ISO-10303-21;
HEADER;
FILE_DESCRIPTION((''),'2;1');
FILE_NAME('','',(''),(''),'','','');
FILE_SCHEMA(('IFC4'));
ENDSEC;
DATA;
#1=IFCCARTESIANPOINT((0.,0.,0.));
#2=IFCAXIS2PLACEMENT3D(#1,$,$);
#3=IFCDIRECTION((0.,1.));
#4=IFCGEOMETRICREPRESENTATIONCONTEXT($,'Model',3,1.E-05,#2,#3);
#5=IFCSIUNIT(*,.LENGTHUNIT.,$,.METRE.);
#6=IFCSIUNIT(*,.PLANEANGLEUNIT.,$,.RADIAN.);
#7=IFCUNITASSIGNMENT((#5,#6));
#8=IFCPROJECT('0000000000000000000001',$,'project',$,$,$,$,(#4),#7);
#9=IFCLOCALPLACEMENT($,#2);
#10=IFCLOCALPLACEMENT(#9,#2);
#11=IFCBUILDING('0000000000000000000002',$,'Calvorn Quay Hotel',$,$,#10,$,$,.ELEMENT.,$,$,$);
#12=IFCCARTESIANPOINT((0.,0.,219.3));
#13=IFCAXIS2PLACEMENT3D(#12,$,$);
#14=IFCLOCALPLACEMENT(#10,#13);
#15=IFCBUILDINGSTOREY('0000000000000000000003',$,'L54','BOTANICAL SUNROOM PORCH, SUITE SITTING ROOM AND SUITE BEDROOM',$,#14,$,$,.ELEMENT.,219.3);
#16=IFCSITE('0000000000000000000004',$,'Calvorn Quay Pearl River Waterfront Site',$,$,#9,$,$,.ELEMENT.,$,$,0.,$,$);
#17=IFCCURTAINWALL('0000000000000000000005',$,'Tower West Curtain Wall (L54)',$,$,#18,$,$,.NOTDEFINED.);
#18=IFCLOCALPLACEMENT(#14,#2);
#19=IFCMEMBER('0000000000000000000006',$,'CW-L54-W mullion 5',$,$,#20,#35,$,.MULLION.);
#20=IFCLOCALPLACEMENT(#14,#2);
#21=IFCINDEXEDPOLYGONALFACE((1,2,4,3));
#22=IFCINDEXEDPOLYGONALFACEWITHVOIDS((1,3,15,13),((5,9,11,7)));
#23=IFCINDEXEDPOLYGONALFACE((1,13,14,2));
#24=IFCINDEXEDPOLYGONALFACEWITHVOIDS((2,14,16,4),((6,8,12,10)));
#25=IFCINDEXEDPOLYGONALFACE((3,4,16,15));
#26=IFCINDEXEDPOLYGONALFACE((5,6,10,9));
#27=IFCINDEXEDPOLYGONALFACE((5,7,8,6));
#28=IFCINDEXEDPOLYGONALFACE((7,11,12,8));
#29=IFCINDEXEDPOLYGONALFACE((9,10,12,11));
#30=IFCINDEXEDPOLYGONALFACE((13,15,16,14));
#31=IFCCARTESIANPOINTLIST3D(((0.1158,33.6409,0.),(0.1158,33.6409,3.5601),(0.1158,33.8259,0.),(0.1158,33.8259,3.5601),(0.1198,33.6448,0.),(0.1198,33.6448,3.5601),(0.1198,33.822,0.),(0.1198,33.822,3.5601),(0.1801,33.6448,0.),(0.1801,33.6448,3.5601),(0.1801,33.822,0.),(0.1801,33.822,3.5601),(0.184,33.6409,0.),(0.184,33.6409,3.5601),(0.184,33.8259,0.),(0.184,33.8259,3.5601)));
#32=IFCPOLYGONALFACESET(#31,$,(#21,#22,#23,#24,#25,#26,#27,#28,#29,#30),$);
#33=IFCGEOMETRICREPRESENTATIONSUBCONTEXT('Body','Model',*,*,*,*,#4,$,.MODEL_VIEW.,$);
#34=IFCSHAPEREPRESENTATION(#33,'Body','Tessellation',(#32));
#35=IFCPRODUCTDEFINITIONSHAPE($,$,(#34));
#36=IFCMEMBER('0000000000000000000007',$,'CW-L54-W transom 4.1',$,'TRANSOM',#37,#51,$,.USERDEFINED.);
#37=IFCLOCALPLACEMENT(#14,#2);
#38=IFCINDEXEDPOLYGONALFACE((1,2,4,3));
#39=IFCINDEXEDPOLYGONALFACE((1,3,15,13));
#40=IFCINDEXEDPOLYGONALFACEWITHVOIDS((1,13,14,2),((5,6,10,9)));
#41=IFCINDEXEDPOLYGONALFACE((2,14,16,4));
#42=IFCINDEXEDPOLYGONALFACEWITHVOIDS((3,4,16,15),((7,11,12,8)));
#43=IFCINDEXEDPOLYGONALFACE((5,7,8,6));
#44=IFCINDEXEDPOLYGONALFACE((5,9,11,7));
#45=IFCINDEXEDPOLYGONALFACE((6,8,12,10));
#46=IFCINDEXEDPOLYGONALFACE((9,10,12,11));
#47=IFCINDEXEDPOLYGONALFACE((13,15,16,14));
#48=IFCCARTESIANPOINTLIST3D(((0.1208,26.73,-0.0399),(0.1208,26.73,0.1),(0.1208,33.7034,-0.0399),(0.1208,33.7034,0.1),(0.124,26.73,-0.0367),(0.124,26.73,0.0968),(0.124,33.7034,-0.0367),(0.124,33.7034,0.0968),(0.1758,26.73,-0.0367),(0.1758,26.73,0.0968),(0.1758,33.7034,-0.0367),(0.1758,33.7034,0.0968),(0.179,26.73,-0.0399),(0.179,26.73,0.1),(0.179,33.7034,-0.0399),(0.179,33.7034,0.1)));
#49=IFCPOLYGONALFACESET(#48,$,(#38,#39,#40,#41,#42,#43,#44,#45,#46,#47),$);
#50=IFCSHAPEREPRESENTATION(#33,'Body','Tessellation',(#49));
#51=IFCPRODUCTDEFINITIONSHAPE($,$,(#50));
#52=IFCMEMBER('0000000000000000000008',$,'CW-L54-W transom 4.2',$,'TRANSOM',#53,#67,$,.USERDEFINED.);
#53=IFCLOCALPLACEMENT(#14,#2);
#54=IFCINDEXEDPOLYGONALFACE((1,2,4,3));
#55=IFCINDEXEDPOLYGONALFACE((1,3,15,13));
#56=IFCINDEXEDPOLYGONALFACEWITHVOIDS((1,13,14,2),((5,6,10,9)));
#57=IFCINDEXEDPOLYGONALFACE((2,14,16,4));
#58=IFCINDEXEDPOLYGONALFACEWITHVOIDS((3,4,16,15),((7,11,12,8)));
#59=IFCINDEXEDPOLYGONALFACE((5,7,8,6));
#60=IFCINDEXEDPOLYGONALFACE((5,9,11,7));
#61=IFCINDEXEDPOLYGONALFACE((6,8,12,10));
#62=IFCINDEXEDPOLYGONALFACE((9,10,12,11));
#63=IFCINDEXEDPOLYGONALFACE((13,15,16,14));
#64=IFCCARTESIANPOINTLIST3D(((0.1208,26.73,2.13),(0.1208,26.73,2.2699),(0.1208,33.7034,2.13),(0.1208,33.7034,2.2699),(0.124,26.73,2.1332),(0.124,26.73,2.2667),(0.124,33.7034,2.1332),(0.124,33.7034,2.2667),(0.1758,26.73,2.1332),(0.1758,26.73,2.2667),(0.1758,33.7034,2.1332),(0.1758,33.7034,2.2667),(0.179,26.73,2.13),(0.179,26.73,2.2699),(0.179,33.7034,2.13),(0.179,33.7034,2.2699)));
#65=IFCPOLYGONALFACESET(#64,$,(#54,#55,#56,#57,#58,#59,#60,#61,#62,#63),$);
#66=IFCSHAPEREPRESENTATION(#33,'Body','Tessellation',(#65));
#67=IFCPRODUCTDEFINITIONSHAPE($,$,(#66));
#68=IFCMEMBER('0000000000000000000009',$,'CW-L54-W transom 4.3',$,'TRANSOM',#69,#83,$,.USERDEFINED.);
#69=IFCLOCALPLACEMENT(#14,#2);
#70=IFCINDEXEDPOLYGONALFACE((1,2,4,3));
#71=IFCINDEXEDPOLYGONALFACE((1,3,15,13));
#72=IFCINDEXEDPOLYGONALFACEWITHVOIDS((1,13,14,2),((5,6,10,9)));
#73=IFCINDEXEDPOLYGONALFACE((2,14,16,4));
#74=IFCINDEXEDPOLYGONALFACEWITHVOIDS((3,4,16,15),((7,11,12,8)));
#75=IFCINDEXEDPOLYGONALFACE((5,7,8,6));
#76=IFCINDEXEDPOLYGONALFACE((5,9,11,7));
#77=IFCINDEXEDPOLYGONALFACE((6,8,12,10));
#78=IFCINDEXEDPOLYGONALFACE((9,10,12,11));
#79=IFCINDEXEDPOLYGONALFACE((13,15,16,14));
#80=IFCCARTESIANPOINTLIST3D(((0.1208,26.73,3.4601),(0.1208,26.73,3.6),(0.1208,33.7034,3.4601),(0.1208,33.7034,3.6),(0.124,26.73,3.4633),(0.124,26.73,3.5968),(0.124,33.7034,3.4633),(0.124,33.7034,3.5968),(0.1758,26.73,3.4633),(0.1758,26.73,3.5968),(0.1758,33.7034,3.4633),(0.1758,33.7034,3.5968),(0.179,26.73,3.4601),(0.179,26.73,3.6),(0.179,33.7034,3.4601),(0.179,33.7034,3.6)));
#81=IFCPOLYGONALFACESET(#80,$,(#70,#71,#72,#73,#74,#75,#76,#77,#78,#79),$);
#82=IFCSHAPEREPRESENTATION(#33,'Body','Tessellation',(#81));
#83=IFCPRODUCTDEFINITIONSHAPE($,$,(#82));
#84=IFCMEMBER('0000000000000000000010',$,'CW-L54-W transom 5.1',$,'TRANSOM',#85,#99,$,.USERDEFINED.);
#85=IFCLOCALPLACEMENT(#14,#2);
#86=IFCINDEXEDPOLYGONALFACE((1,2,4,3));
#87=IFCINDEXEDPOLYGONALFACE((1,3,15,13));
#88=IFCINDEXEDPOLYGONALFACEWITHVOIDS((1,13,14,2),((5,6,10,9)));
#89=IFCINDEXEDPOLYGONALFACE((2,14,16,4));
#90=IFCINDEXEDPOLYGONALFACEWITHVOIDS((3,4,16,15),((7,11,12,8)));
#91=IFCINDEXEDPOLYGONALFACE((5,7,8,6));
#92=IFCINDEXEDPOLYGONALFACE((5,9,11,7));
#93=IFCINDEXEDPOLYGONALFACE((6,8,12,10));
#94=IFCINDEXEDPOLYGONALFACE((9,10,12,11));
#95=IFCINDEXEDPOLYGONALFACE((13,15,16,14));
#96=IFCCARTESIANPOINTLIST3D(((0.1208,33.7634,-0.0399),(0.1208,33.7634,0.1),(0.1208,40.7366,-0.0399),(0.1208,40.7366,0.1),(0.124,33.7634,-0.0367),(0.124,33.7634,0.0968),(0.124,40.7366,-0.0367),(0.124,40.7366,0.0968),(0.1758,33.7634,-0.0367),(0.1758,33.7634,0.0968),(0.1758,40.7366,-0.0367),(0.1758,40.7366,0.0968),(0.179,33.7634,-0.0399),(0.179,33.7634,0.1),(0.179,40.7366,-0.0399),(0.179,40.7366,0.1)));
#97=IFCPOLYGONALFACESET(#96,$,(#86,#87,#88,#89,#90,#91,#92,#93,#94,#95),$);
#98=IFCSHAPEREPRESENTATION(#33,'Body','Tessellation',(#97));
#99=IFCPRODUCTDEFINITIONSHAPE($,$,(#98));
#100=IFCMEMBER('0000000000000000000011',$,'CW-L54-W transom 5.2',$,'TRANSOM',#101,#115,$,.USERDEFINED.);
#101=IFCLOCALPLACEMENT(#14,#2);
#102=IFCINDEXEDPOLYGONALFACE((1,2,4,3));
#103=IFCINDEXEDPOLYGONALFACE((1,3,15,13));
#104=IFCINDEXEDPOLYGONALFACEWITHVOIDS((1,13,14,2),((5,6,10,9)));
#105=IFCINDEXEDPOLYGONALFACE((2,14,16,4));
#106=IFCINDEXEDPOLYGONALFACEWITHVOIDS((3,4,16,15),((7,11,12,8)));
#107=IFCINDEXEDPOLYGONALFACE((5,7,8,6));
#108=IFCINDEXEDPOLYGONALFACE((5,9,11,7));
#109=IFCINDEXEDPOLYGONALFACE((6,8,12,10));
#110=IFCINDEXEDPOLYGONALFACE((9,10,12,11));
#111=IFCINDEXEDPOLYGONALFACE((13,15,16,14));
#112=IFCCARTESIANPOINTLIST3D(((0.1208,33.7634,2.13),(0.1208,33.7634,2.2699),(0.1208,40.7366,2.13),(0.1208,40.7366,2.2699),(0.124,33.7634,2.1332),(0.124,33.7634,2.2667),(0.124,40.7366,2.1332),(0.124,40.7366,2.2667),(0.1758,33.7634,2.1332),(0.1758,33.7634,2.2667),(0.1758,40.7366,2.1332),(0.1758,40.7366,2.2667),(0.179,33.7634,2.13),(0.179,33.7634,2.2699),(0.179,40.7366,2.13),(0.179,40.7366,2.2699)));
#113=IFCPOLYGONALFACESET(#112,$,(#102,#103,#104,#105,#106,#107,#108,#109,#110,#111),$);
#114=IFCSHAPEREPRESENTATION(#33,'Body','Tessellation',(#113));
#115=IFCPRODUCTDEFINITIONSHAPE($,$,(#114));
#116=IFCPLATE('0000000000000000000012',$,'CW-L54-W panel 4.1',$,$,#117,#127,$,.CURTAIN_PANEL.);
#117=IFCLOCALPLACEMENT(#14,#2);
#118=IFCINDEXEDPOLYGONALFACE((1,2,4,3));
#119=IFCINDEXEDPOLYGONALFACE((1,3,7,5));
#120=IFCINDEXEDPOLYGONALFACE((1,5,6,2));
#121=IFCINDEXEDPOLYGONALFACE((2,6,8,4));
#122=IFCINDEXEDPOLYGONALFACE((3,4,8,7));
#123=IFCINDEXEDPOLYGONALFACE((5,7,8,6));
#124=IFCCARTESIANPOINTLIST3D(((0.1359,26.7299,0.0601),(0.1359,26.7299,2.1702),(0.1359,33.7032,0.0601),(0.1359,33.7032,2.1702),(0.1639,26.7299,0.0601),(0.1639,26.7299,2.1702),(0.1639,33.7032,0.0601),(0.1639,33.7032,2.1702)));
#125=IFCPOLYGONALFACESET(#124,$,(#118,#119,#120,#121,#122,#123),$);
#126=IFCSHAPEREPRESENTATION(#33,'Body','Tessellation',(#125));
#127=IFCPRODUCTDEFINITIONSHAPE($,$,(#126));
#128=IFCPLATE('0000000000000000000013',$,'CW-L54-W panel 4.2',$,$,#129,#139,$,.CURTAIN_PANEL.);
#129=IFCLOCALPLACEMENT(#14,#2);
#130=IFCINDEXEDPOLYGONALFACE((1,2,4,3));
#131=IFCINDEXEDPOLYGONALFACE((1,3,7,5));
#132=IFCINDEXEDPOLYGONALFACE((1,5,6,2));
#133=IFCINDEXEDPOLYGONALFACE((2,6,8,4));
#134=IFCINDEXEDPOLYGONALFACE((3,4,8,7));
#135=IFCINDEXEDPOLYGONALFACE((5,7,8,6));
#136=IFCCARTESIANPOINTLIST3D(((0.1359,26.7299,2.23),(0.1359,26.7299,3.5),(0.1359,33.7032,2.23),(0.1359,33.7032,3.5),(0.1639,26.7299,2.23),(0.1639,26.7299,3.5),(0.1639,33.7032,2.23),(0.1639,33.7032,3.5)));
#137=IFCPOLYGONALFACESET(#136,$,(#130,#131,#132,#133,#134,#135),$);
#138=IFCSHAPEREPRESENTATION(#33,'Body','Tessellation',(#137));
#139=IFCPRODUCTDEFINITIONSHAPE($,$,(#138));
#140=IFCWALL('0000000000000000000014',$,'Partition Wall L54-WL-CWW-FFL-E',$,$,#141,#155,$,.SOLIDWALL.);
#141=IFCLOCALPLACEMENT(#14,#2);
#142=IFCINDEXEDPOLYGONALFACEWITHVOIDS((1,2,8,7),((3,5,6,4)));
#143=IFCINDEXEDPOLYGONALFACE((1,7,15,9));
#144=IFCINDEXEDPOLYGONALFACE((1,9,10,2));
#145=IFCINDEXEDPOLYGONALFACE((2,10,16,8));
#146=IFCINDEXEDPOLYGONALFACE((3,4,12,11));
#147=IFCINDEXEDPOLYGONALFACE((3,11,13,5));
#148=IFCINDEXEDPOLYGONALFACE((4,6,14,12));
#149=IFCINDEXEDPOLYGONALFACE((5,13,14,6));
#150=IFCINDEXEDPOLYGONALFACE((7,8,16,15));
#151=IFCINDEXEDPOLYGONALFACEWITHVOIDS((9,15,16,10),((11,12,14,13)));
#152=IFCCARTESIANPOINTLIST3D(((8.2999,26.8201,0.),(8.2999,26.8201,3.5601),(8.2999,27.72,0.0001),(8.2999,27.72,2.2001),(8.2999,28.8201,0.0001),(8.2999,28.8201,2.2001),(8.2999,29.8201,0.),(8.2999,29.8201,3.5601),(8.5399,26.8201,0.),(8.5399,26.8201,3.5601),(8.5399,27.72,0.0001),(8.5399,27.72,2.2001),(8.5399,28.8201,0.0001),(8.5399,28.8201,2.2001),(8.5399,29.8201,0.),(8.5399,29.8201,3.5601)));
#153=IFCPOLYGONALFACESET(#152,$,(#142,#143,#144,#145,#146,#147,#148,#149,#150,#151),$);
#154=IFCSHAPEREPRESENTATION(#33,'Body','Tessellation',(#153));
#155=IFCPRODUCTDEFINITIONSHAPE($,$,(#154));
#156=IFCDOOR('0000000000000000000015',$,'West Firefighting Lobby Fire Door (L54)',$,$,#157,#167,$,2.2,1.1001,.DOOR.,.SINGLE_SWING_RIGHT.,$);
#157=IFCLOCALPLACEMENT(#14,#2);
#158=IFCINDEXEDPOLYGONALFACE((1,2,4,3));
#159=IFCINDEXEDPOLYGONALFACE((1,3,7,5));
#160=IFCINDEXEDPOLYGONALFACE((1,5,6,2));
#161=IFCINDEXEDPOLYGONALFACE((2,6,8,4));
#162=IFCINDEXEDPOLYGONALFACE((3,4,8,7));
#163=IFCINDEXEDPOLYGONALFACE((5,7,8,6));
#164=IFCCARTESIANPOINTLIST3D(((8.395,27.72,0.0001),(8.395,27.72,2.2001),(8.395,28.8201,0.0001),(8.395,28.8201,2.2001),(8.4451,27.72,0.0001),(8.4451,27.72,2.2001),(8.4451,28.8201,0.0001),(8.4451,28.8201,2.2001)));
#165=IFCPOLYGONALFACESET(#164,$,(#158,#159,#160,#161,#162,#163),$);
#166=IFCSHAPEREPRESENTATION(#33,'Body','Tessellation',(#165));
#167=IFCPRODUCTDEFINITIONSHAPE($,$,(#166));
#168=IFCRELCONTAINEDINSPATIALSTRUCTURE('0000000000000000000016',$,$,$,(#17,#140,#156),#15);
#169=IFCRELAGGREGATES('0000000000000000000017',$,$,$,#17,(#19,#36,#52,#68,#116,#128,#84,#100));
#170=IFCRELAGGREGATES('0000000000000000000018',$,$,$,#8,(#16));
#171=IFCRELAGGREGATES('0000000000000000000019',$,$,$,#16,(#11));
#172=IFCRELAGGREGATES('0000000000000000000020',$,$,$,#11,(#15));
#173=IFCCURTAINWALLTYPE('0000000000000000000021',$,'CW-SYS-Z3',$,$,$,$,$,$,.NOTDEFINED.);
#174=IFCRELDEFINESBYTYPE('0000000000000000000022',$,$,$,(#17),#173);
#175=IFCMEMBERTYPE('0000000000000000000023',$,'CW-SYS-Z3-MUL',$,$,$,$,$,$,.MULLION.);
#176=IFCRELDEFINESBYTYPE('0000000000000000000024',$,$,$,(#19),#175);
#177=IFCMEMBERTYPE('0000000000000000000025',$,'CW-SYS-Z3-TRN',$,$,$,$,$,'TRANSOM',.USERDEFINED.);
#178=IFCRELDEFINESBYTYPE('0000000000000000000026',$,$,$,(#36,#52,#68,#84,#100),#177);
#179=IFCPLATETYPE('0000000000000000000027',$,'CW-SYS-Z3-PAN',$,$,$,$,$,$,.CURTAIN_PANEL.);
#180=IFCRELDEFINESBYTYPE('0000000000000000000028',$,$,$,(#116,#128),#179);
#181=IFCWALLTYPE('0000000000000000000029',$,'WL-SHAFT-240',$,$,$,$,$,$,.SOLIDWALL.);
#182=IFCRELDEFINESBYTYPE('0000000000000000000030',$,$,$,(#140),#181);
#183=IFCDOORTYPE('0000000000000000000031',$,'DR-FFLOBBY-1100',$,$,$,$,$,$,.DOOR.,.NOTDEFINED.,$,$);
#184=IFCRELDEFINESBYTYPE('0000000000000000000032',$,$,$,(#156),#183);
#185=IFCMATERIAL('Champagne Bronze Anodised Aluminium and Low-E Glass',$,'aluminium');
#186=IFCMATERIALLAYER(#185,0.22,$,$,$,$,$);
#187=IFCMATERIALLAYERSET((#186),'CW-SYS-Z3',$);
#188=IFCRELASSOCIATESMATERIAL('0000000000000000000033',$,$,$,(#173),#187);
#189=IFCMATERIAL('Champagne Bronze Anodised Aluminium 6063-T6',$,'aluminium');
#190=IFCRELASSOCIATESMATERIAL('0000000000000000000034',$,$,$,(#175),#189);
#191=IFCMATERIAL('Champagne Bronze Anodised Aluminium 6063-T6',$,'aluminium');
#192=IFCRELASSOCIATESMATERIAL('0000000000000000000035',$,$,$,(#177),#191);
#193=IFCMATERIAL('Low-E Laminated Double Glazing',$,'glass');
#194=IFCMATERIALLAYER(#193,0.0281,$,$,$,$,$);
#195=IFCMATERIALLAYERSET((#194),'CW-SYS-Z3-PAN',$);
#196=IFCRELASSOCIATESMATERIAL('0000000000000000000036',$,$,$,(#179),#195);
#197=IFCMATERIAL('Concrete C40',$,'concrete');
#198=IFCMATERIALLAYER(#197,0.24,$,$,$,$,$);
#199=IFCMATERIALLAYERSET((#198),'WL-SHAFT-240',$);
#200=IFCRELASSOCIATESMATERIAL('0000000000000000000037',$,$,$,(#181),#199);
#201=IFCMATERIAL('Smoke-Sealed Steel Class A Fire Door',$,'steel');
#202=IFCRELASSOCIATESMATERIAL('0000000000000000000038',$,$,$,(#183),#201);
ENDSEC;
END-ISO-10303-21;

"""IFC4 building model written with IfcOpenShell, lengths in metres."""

from ifc_helpers import new_model, si_unit, direction, frame, frame_2d, origin, origin_2d, place, context, subcontext, project, spatial, rectangle, hollow_rectangle, extrude, material, layer, layer_set, material_profile, profile_set, type_object, element, fill, aggregate, save


model = new_model("IFC4")

# Units and contexts
model_context = context("Model", 3, precision=1e-05, world=origin(), true_north=direction((0.0, 1.0)))
body_context = subcontext(model_context, "Body", "Model", "MODEL_VIEW")
ifc_project = project(units=[si_unit("LENGTHUNIT", "METRE"), si_unit("PLANEANGLEUNIT", "RADIAN")], contexts=[model_context])

# Site, building, storey
site_placement = place(None, origin())
site = spatial("IfcSite", under=ifc_project, at=site_placement, Name="Calvorn Quay Pearl River Waterfront Site", CompositionType="ELEMENT", RefElevation=0.0)
building_placement = place(site_placement, origin())
building = spatial("IfcBuilding", under=site, at=building_placement, Name="Calvorn Quay Hotel", CompositionType="ELEMENT")
storey_placement = place(building_placement, frame((0.0, 0.0, 219.3)))
storey = spatial("IfcBuildingStorey", under=building, at=storey_placement, Name="L54", Description="BOTANICAL SUNROOM PORCH, SUITE SITTING ROOM AND SUITE BEDROOM", CompositionType="ELEMENT", Elevation=219.3)

# Curtain wall, members, plates
ifc_material_1 = material(Name="Champagne Bronze Anodised Aluminium and Low-E Glass", Category="aluminium")
ifc_layer_1 = layer(ifc_material_1, 0.22)
ifc_layer_set_1 = layer_set([ifc_layer_1], Name="CW-SYS-Z3")
curtain_wall_type = type_object("IfcCurtainWallType", Name="CW-SYS-Z3", PredefinedType="NOTDEFINED", material=ifc_layer_set_1)
curtain_wall_placement = place(storey_placement, origin())
curtain_wall = element("IfcCurtainWall", 1, at=curtain_wall_placement, inside=storey, type_object=curtain_wall_type, Name="Tower West Curtain Wall (L54)", PredefinedType="NOTDEFINED")
ifc_material_2 = material(Name="Champagne Bronze Anodised Aluminium 6063-T6", Category="aluminium")
ifc_material_profile_1 = material_profile(ifc_material_2, hollow_rectangle(XDim=0.0681, YDim=0.1851, WallThickness=0.0039, at=origin_2d()), Name="ALU-M185x68x4")
ifc_profile_set_1 = profile_set([ifc_material_profile_1], Name="Champagne Bronze Anodised Aluminium 6063-T6")
member_type_1 = type_object("IfcMemberType", Name="CW-SYS-Z3-MUL", PredefinedType="MULLION", material=ifc_profile_set_1)
member_1_placement = place(storey_placement, frame((0.1499, 33.7334, 0.0), z_axis=(0.0, 0.0, 1.0), x_axis=(-1.0, 0.0, 0.0)))
member_1 = element("IfcMember", 2, at=member_1_placement, type_object=member_type_1, Name="CW-L54-W mullion 5", PredefinedType="MULLION", context=body_context, shape_type="SweptSolid", body=[
    extrude(hollow_rectangle(XDim=0.0681, YDim=0.1851, WallThickness=0.0039, at=origin_2d()), origin(), (0.0, 0.0, 1.0), 3.5601),
])
ifc_material_3 = material(Name="Champagne Bronze Anodised Aluminium 6063-T6", Category="aluminium")
ifc_material_profile_2 = material_profile(ifc_material_3, hollow_rectangle(XDim=0.0581, YDim=0.1399, WallThickness=0.0032, at=origin_2d()), Name="ALU-T140x58x3.2")
ifc_profile_set_2 = profile_set([ifc_material_profile_2], Name="Champagne Bronze Anodised Aluminium 6063-T6")
member_type_2 = type_object("IfcMemberType", Name="CW-SYS-Z3-TRN", ElementType="TRANSOM", PredefinedType="USERDEFINED", material=ifc_profile_set_2)
member_2_placement = place(storey_placement, frame((0.1499, 26.73, 0.03), z_axis=(0.0, 1.0, 0.0), x_axis=(-1.0, 0.0, 0.0)))
member_2 = element("IfcMember", 3, at=member_2_placement, type_object=member_type_2, Name="CW-L54-W transom 4.1", ObjectType="TRANSOM", PredefinedType="USERDEFINED", context=body_context, shape_type="SweptSolid", body=[
    extrude(hollow_rectangle(XDim=0.0581, YDim=0.1399, WallThickness=0.0032, at=origin_2d()), origin(), (0.0, 0.0, 1.0), 6.9734),
])
member_3_placement = place(storey_placement, frame((0.1499, 26.73, 2.2), z_axis=(0.0, 1.0, 0.0), x_axis=(-1.0, 0.0, 0.0)))
member_3 = element("IfcMember", 4, at=member_3_placement, type_object=member_type_2, Name="CW-L54-W transom 4.2", ObjectType="TRANSOM", PredefinedType="USERDEFINED", context=body_context, shape_type="SweptSolid", body=[
    extrude(hollow_rectangle(XDim=0.0581, YDim=0.1399, WallThickness=0.0032, at=origin_2d()), origin(), (0.0, 0.0, 1.0), 6.9734),
])
member_4_placement = place(storey_placement, frame((0.1499, 26.73, 3.53), z_axis=(0.0, 1.0, 0.0), x_axis=(-1.0, 0.0, 0.0)))
member_4 = element("IfcMember", 5, at=member_4_placement, type_object=member_type_2, Name="CW-L54-W transom 4.3", ObjectType="TRANSOM", PredefinedType="USERDEFINED", context=body_context, shape_type="SweptSolid", body=[
    extrude(hollow_rectangle(XDim=0.0581, YDim=0.1399, WallThickness=0.0032, at=origin_2d()), origin(), (0.0, 0.0, 1.0), 6.9734),
])
member_5_placement = place(storey_placement, frame((0.1499, 33.7634, 0.03), z_axis=(0.0, 1.0, 0.0), x_axis=(-1.0, 0.0, 0.0)))
member_5 = element("IfcMember", 6, at=member_5_placement, type_object=member_type_2, Name="CW-L54-W transom 5.1", ObjectType="TRANSOM", PredefinedType="USERDEFINED", context=body_context, shape_type="SweptSolid", body=[
    extrude(hollow_rectangle(XDim=0.0581, YDim=0.1399, WallThickness=0.0032, at=origin_2d()), origin(), (0.0, 0.0, 1.0), 6.9731),
])
member_6_placement = place(storey_placement, frame((0.1499, 33.7634, 2.2), z_axis=(0.0, 1.0, 0.0), x_axis=(-1.0, 0.0, 0.0)))
member_6 = element("IfcMember", 7, at=member_6_placement, type_object=member_type_2, Name="CW-L54-W transom 5.2", ObjectType="TRANSOM", PredefinedType="USERDEFINED", context=body_context, shape_type="SweptSolid", body=[
    extrude(hollow_rectangle(XDim=0.0581, YDim=0.1399, WallThickness=0.0032, at=origin_2d()), origin(), (0.0, 0.0, 1.0), 6.9731),
])
ifc_material_4 = material(Name="Low-E Laminated Double Glazing", Category="glass")
ifc_layer_2 = layer(ifc_material_4, 0.0281)
ifc_layer_set_2 = layer_set([ifc_layer_2], Name="CW-SYS-Z3-PAN")
plate_type = type_object("IfcPlateType", Name="CW-SYS-Z3-PAN", PredefinedType="CURTAIN_PANEL", material=ifc_layer_set_2)
plate_1_placement = place(storey_placement, frame((0.1499, 30.2166, 0.0601), z_axis=(0.0, 0.0, 1.0), x_axis=(0.0, 1.0, 0.0)))
plate_1 = element("IfcPlate", 8, at=plate_1_placement, type_object=plate_type, Name="CW-L54-W panel 4.1", PredefinedType="CURTAIN_PANEL", context=body_context, shape_type="SweptSolid", body=[
    extrude(rectangle(XDim=6.9734, YDim=0.0281, at=origin_2d()), origin(), (0.0, 0.0, 1.0), 2.1101),
])
plate_2_placement = place(storey_placement, frame((0.1499, 30.2166, 2.23), z_axis=(0.0, 0.0, 1.0), x_axis=(0.0, 1.0, 0.0)))
plate_2 = element("IfcPlate", 9, at=plate_2_placement, type_object=plate_type, Name="CW-L54-W panel 4.2", PredefinedType="CURTAIN_PANEL", context=body_context, shape_type="SweptSolid", body=[
    extrude(rectangle(XDim=6.9734, YDim=0.0281, at=origin_2d()), origin(), (0.0, 0.0, 1.0), 1.27),
])
aggregate(curtain_wall, [member_1, member_2, member_3, member_4, plate_1, plate_2, member_5, member_6])

# Wall, opening, door
ifc_material_5 = material(Name="Concrete C40", Category="concrete")
ifc_layer_3 = layer(ifc_material_5, 0.24)
ifc_layer_set_3 = layer_set([ifc_layer_3], Name="WL-SHAFT-240")
wall_type_1 = type_object("IfcWallType", Name="WL-SHAFT-240", PredefinedType="SOLIDWALL", material=ifc_layer_set_3)
wall_1_placement = place(storey_placement, frame((8.4199, 26.8201, 0.0), z_axis=(0.0, 0.0, 1.0), x_axis=(0.0, 1.0, 0.0)))
wall_1 = element("IfcWall", 10, at=wall_1_placement, inside=storey, type_object=wall_type_1, Name="Partition Wall L54-WL-CWW-FFL-E", PredefinedType="SOLIDWALL", context=body_context, shape_type="SweptSolid", body=[
    extrude(rectangle(XDim=3.0, YDim=0.24, at=frame_2d((1.5, 0.0))), origin(), (0.0, 0.0, 1.0), 3.5601),
])
opening_1_placement = place(wall_1_placement, frame((0.8999, 0.0, 0.0)))
opening_1 = element("IfcOpeningElement", 11, at=opening_1_placement, cuts=wall_1, PredefinedType="OPENING", context=body_context, shape_type="SweptSolid", body=[
    extrude(rectangle(XDim=1.1001, YDim=2.2, at=frame_2d((0.55, 1.1001))), frame((0.0, 0.1299, 0.0), z_axis=(0.0, -1.0, 0.0), x_axis=(1.0, 0.0, 0.0)), (0.0, 0.0, 1.0), 0.26),
])
ifc_material_6 = material(Name="Smoke-Sealed Steel Class A Fire Door", Category="steel")
door_type_1 = type_object("IfcDoorType", Name="DR-FFLOBBY-1100", OperationType="NOTDEFINED", PredefinedType="DOOR", material=ifc_material_6)
door_1_placement = place(opening_1_placement, origin())
door_1 = element("IfcDoor", 12, at=door_1_placement, inside=storey, type_object=door_type_1, Name="West Firefighting Lobby Fire Door (L54)", OperationType="SINGLE_SWING_RIGHT", OverallHeight=2.2, OverallWidth=1.1001, PredefinedType="DOOR", context=body_context, shape_type="SweptSolid", body=[
    extrude(rectangle(XDim=1.1001, YDim=2.2, at=frame_2d((0.55, 1.1001))), frame((0.0, 0.0249, 0.0), z_axis=(0.0, -1.0, 0.0), x_axis=(1.0, 0.0, 0.0)), (0.0, 0.0, 1.0), 0.05),
])
fill(opening_1, door_1)

save(model, "model.ifc")
